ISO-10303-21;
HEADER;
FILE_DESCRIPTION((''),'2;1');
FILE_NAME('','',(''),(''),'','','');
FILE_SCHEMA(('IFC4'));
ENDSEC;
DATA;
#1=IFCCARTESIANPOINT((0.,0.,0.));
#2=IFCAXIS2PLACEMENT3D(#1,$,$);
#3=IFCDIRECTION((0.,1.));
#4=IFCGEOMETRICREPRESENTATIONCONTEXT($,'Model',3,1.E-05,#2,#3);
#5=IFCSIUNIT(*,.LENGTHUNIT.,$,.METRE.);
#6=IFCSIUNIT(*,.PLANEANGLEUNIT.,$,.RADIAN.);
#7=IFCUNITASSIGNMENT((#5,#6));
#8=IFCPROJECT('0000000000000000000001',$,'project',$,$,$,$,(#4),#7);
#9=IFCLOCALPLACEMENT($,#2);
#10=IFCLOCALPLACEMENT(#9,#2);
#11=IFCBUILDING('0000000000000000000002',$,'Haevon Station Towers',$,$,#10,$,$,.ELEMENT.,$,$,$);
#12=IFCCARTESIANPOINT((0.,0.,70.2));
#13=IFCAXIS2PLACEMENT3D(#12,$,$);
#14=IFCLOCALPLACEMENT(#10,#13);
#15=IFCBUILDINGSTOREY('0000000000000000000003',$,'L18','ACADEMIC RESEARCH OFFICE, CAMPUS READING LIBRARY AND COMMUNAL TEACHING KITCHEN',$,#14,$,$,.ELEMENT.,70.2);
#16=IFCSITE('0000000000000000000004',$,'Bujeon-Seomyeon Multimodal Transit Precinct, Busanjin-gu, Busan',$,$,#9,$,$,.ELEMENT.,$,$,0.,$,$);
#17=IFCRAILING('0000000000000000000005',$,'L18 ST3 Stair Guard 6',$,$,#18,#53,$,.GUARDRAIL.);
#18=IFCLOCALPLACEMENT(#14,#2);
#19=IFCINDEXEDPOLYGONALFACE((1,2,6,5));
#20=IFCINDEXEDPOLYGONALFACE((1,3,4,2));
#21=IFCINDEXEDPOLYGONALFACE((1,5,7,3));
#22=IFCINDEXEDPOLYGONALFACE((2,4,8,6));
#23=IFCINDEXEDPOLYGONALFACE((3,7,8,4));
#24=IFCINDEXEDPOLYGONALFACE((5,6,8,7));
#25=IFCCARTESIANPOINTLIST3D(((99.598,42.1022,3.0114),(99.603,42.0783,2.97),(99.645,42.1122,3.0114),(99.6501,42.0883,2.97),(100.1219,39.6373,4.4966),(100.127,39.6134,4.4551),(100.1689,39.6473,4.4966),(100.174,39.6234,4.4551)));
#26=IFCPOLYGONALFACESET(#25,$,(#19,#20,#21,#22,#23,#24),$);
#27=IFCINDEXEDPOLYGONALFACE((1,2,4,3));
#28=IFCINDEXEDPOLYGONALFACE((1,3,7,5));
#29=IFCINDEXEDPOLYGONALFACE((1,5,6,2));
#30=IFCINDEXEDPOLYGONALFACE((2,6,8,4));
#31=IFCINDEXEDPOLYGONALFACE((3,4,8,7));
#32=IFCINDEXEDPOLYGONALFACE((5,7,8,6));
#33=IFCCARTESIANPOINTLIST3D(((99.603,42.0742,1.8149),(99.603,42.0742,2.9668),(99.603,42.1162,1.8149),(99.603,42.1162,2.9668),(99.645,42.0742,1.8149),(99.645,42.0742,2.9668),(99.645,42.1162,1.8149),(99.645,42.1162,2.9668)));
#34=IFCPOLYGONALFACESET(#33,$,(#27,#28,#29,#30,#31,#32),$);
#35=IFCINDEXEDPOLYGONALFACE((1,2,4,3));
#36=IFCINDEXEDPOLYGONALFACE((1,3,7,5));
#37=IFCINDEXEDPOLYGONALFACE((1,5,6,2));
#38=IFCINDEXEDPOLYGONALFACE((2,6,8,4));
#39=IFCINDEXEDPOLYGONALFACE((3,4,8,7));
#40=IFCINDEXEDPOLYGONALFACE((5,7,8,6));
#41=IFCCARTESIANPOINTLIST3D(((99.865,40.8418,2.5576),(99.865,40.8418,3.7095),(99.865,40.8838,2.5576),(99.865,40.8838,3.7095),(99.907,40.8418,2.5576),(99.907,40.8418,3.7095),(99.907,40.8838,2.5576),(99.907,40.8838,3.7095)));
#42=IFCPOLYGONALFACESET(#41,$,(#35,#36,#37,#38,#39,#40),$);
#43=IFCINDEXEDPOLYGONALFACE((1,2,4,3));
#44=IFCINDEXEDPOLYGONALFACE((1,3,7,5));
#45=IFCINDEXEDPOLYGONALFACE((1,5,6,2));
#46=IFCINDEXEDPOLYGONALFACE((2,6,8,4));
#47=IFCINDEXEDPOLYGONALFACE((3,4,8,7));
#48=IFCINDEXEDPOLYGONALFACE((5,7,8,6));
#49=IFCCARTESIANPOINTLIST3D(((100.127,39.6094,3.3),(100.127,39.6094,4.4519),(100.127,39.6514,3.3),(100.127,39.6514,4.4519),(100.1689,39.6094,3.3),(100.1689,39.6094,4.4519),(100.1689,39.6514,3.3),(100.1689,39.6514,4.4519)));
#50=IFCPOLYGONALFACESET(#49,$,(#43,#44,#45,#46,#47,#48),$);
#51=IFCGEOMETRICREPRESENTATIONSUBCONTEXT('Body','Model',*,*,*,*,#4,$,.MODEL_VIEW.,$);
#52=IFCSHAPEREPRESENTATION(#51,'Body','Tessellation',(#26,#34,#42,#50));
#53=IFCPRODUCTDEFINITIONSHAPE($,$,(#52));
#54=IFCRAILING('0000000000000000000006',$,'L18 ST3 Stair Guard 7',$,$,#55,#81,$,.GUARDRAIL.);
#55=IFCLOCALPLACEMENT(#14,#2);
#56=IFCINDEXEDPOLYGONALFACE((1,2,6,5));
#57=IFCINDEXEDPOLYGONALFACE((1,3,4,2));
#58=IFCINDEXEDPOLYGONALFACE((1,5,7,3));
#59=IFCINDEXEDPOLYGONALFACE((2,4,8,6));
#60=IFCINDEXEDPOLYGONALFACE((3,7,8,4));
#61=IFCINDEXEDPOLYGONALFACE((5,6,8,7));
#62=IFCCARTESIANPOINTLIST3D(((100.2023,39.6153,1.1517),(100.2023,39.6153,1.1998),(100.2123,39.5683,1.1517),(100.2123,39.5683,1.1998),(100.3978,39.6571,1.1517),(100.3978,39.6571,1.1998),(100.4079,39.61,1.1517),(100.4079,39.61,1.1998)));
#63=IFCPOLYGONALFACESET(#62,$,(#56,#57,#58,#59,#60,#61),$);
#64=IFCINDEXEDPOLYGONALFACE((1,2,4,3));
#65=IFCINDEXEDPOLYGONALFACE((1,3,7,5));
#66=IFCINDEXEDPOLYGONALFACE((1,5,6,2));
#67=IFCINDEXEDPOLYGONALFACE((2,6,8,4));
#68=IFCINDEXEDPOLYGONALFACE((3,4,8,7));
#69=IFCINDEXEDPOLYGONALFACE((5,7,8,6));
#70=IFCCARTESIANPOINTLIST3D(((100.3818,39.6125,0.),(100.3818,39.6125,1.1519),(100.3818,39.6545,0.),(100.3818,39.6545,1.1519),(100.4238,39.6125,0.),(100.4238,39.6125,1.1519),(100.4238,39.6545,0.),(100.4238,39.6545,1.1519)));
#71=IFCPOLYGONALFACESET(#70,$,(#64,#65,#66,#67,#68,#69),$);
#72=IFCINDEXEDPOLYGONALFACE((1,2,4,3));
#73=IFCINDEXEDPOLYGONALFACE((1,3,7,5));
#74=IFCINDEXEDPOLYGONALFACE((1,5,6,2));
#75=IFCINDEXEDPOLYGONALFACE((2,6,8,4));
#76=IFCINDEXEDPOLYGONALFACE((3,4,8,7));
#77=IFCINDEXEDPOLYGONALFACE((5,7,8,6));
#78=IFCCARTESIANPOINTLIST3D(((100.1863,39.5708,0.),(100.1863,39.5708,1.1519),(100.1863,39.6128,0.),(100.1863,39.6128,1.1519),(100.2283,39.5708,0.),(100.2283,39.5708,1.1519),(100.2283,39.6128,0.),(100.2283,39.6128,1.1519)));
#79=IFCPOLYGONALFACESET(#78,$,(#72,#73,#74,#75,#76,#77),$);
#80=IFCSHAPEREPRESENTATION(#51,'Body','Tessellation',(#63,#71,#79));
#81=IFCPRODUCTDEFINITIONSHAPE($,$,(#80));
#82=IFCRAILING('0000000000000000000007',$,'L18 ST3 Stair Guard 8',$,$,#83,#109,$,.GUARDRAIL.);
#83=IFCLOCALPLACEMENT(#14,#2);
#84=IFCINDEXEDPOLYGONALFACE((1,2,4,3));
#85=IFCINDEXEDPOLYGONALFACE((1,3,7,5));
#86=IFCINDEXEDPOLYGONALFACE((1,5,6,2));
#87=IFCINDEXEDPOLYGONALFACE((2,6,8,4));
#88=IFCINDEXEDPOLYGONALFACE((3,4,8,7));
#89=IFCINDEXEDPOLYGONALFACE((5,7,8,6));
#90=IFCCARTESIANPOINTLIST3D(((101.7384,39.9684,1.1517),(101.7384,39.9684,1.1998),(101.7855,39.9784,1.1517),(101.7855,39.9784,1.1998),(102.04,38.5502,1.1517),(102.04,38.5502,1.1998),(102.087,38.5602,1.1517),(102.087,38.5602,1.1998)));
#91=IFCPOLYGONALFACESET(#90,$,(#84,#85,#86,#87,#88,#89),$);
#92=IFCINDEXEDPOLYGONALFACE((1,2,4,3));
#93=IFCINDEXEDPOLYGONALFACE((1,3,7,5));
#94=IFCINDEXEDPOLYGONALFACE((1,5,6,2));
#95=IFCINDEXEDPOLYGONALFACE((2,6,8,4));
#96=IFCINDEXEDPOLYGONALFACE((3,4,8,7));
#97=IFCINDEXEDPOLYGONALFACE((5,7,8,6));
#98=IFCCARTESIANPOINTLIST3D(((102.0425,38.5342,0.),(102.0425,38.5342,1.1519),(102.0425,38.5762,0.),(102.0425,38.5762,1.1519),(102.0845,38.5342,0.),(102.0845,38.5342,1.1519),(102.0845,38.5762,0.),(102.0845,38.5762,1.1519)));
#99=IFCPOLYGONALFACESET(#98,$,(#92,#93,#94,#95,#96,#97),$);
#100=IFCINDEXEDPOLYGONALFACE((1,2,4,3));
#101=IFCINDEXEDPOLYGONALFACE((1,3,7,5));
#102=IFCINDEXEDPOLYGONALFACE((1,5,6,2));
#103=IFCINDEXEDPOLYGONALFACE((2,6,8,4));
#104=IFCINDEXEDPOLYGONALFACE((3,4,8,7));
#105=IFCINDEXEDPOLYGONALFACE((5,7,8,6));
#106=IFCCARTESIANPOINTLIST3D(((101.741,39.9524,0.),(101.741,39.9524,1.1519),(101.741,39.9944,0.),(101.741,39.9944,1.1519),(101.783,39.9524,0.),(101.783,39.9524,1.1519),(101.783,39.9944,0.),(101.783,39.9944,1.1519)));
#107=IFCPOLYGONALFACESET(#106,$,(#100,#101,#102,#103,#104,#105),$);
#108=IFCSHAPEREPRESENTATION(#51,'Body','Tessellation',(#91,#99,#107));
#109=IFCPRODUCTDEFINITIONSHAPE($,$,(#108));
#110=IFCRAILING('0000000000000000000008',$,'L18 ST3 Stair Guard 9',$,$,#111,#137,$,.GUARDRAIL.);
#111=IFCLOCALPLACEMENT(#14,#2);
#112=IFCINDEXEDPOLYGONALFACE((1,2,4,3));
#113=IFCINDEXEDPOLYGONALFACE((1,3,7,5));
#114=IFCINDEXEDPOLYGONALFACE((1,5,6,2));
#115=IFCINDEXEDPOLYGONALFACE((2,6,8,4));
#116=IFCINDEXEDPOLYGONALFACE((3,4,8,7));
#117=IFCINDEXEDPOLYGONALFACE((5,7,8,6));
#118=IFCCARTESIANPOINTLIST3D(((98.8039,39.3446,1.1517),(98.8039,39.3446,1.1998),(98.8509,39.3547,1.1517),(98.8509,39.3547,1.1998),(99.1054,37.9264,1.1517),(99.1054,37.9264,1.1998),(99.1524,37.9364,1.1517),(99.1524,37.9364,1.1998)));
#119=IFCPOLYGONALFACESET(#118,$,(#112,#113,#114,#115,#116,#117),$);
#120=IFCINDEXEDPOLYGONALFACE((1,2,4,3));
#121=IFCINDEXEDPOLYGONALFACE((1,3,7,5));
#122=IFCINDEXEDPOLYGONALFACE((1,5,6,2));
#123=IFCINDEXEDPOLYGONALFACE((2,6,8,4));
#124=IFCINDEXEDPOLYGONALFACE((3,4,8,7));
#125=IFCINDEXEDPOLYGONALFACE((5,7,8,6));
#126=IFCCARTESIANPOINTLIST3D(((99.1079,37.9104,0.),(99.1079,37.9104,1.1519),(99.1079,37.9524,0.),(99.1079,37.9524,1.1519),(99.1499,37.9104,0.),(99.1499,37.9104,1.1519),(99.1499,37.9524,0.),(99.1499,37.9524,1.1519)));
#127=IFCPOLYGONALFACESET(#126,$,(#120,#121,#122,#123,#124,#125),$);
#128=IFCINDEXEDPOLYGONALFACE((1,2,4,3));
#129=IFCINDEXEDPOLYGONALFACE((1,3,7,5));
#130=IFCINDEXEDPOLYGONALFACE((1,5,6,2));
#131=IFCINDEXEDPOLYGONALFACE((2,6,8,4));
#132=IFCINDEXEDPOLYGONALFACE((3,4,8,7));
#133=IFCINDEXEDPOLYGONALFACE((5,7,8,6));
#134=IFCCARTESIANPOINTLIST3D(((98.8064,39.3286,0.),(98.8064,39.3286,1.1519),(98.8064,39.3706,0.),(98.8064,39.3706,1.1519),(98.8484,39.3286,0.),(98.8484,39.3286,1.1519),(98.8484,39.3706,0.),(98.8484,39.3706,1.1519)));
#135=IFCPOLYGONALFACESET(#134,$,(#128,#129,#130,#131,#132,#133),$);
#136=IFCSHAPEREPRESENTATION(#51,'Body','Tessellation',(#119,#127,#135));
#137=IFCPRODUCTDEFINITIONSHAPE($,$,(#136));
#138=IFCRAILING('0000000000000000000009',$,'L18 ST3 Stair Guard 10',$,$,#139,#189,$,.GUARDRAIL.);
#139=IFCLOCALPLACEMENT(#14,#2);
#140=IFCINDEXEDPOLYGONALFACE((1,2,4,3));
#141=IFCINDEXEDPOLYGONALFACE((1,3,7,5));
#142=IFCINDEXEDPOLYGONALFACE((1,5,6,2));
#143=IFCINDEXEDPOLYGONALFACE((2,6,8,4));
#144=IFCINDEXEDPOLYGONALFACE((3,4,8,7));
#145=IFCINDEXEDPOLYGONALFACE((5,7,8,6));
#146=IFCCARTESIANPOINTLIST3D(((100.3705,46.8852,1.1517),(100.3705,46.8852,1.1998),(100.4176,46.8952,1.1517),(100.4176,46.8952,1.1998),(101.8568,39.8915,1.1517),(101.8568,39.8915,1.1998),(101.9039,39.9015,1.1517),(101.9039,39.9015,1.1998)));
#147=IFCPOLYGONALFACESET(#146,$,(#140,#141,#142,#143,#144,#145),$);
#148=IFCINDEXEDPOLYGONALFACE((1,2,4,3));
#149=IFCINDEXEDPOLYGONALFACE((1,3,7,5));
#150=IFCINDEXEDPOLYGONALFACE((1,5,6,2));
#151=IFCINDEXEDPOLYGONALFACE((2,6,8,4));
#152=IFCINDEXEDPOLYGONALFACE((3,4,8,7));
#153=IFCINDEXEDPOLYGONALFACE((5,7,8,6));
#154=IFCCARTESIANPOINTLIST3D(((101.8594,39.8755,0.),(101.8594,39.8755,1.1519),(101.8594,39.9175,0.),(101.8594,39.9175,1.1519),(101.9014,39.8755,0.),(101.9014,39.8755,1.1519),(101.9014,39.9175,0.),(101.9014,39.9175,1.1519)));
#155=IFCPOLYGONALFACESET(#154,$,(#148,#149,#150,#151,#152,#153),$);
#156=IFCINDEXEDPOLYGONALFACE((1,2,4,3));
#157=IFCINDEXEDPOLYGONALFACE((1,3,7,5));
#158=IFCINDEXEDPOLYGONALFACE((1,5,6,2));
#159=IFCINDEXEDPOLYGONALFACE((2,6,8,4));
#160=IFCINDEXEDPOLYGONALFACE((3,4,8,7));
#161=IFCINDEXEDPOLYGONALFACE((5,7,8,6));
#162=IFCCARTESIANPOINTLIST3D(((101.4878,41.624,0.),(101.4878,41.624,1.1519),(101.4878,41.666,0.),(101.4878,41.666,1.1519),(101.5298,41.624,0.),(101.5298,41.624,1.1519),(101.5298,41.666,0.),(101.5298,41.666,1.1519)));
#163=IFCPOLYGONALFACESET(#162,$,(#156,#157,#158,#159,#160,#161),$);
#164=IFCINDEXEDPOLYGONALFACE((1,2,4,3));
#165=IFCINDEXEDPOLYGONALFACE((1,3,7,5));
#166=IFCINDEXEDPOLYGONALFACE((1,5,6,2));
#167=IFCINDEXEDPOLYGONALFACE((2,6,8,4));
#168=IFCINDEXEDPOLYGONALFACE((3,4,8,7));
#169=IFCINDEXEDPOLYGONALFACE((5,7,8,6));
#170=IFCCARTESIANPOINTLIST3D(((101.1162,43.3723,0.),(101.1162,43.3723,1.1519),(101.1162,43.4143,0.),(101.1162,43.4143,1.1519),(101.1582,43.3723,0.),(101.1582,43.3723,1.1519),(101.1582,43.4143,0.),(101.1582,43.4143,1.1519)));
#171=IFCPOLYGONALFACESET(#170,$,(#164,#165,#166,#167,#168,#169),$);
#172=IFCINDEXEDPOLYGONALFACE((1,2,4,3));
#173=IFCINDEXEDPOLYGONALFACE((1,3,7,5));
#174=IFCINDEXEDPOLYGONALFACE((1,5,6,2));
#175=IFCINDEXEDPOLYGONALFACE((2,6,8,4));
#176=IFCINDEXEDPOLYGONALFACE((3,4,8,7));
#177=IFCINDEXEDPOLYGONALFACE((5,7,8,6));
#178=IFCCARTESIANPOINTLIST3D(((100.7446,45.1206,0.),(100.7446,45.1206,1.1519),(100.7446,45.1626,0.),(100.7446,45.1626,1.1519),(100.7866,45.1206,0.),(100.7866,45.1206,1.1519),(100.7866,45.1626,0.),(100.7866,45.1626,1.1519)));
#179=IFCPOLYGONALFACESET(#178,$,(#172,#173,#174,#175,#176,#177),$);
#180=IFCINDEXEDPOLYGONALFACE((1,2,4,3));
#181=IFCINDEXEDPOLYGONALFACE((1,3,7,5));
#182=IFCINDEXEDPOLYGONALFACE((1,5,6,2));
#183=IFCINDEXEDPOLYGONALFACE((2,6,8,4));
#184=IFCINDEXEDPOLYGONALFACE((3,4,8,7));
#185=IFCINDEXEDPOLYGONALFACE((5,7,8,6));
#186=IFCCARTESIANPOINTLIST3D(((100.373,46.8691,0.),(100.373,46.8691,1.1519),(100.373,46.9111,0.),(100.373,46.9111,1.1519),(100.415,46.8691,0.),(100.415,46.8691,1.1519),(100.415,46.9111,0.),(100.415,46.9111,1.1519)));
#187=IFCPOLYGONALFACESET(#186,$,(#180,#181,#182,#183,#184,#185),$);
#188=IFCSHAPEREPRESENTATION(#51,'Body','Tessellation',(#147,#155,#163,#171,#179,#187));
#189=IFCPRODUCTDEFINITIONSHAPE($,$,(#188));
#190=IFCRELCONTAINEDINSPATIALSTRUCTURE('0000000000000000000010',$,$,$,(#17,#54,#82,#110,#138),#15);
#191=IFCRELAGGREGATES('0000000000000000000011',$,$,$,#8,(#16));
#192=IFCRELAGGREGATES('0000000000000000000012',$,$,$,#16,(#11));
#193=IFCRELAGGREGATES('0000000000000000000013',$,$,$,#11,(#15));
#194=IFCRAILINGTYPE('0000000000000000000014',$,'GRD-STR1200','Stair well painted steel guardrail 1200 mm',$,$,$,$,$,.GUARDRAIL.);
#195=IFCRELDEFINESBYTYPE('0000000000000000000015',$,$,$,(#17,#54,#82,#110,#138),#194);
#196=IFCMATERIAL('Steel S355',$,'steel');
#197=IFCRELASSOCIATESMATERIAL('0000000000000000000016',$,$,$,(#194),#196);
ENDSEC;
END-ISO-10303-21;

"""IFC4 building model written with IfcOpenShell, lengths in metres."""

from ifc_helpers import new_model, si_unit, direction, frame, origin, origin_2d, place, context, subcontext, project, spatial, rectangle, extrude, material, type_object, element, save


model = new_model("IFC4")

# Units and contexts
model_context = context("Model", 3, precision=1e-05, world=origin(), true_north=direction((0.0, 1.0)))
body_context = subcontext(model_context, "Body", "Model", "MODEL_VIEW")
ifc_project = project(units=[si_unit("LENGTHUNIT", "METRE"), si_unit("PLANEANGLEUNIT", "RADIAN")], contexts=[model_context])

# Site, building, storey
site_placement = place(None, origin())
site = spatial("IfcSite", under=ifc_project, at=site_placement, Name="Bujeon-Seomyeon Multimodal Transit Precinct, Busanjin-gu, Busan", CompositionType="ELEMENT", RefElevation=0.0)
building_placement = place(site_placement, origin())
building = spatial("IfcBuilding", under=site, at=building_placement, Name="Haevon Station Towers", CompositionType="ELEMENT")
storey_placement = place(building_placement, frame((0.0, 0.0, 70.2)))
storey = spatial("IfcBuildingStorey", under=building, at=storey_placement, Name="L18", Description="ACADEMIC RESEARCH OFFICE, CAMPUS READING LIBRARY AND COMMUNAL TEACHING KITCHEN", CompositionType="ELEMENT", Elevation=70.2)

# Shared definitions
ifc_material_1 = material(Name="Steel S355", Category="steel")

# Railings
railing_type_1 = type_object("IfcRailingType", Name="GRD-STR1200", Description="Stair well painted steel guardrail 1200 mm", PredefinedType="GUARDRAIL", material=ifc_material_1)
railing_1_placement = place(storey_placement, frame((99.624, 42.0952, 1.8149)))
element("IfcRailing", 1, at=railing_1_placement, inside=storey, type_object=railing_type_1, Name="L18 ST3 Stair Guard 6", PredefinedType="GUARDRAIL", context=body_context, shape_type="SweptSolid", body=[
    extrude(rectangle(XDim=0.0481, YDim=0.0481, at=origin_2d()), frame((0.0, 0.0, 1.1758), z_axis=(0.179121, -0.842688, 0.507733), x_axis=(0.978147, 0.207914, 0.0)), (0.0, 0.0, 1.0), 2.925),
    extrude(rectangle(XDim=0.042, YDim=0.042, at=origin_2d()), origin(), (0.0, 0.0, 1.0), 1.1519),
    extrude(rectangle(XDim=0.042, YDim=0.042, at=origin_2d()), frame((0.262, -1.2324, 0.7427)), (0.0, 0.0, 1.0), 1.1519),
    extrude(rectangle(XDim=0.042, YDim=0.042, at=origin_2d()), frame((0.5239, -2.4648, 1.4851)), (0.0, 0.0, 1.0), 1.1519),
])
railing_2_placement = place(storey_placement, frame((100.4028, 39.6335, 0.0)))
element("IfcRailing", 2, at=railing_2_placement, inside=storey, type_object=railing_type_1, Name="L18 ST3 Stair Guard 7", PredefinedType="GUARDRAIL", context=body_context, shape_type="SweptSolid", body=[
    extrude(rectangle(XDim=0.0481, YDim=0.0481, at=origin_2d()), frame((0.0, 0.0, 1.1758), z_axis=(-0.977963, -0.208779, 0.0), x_axis=(0.208779, -0.977963, 0.0)), (0.0, 0.0, 1.0), 0.2),
    extrude(rectangle(XDim=0.042, YDim=0.042, at=origin_2d()), origin(), (0.0, 0.0, 1.0), 1.1519),
    extrude(rectangle(XDim=0.042, YDim=0.042, at=origin_2d()), frame((-0.1956, -0.0417, 0.0)), (0.0, 0.0, 1.0), 1.1519),
])
for number, where, name in (
    (3, (102.0635, 38.5552, 0.0), "L18 ST3 Stair Guard 8"),
    (4, (99.1289, 37.9314, 0.0), "L18 ST3 Stair Guard 9"),
):
    element("IfcRailing", number, at=place(storey_placement, frame(where)), inside=storey, type_object=railing_type_1, Name=name, PredefinedType="GUARDRAIL", context=body_context, shape_type="SweptSolid", body=[
        extrude(rectangle(XDim=0.0481, YDim=0.0481, at=origin_2d()), frame((0.0, 0.0, 1.1758), z_axis=(-0.207953, 0.978139, 0.0), x_axis=(-0.978139, -0.207953, 0.0)), (0.0, 0.0, 1.0), 1.45),
        extrude(rectangle(XDim=0.042, YDim=0.042, at=origin_2d()), origin(), (0.0, 0.0, 1.0), 1.1519),
        extrude(rectangle(XDim=0.042, YDim=0.042, at=origin_2d()), frame((-0.3015, 1.4182, 0.0)), (0.0, 0.0, 1.0), 1.1519),
    ])
railing_3_placement = place(storey_placement, frame((101.8804, 39.8965, 0.0)))
element("IfcRailing", 5, at=railing_3_placement, inside=storey, type_object=railing_type_1, Name="L18 ST3 Stair Guard 10", PredefinedType="GUARDRAIL", context=body_context, shape_type="SweptSolid", body=[
    extrude(rectangle(XDim=0.0481, YDim=0.0481, at=origin_2d()), frame((0.0, 0.0, 1.1758), z_axis=(-0.207882, 0.978154, 0.0), x_axis=(-0.978154, -0.207882, 0.0)), (0.0, 0.0, 1.0), 7.1499),
    extrude(rectangle(XDim=0.042, YDim=0.042, at=origin_2d()), origin(), (0.0, 0.0, 1.0), 1.1519),
    extrude(rectangle(XDim=0.042, YDim=0.042, at=origin_2d()), frame((-0.3716, 1.7485, 0.0)), (0.0, 0.0, 1.0), 1.1519),
    extrude(rectangle(XDim=0.042, YDim=0.042, at=origin_2d()), frame((-0.7432, 3.4968, 0.0)), (0.0, 0.0, 1.0), 1.1519),
    extrude(rectangle(XDim=0.042, YDim=0.042, at=origin_2d()), frame((-1.1147, 5.2451, 0.0)), (0.0, 0.0, 1.0), 1.1519),
    extrude(rectangle(XDim=0.042, YDim=0.042, at=origin_2d()), frame((-1.4863, 6.9937, 0.0)), (0.0, 0.0, 1.0), 1.1519),
])

save(model, "model.ifc")
